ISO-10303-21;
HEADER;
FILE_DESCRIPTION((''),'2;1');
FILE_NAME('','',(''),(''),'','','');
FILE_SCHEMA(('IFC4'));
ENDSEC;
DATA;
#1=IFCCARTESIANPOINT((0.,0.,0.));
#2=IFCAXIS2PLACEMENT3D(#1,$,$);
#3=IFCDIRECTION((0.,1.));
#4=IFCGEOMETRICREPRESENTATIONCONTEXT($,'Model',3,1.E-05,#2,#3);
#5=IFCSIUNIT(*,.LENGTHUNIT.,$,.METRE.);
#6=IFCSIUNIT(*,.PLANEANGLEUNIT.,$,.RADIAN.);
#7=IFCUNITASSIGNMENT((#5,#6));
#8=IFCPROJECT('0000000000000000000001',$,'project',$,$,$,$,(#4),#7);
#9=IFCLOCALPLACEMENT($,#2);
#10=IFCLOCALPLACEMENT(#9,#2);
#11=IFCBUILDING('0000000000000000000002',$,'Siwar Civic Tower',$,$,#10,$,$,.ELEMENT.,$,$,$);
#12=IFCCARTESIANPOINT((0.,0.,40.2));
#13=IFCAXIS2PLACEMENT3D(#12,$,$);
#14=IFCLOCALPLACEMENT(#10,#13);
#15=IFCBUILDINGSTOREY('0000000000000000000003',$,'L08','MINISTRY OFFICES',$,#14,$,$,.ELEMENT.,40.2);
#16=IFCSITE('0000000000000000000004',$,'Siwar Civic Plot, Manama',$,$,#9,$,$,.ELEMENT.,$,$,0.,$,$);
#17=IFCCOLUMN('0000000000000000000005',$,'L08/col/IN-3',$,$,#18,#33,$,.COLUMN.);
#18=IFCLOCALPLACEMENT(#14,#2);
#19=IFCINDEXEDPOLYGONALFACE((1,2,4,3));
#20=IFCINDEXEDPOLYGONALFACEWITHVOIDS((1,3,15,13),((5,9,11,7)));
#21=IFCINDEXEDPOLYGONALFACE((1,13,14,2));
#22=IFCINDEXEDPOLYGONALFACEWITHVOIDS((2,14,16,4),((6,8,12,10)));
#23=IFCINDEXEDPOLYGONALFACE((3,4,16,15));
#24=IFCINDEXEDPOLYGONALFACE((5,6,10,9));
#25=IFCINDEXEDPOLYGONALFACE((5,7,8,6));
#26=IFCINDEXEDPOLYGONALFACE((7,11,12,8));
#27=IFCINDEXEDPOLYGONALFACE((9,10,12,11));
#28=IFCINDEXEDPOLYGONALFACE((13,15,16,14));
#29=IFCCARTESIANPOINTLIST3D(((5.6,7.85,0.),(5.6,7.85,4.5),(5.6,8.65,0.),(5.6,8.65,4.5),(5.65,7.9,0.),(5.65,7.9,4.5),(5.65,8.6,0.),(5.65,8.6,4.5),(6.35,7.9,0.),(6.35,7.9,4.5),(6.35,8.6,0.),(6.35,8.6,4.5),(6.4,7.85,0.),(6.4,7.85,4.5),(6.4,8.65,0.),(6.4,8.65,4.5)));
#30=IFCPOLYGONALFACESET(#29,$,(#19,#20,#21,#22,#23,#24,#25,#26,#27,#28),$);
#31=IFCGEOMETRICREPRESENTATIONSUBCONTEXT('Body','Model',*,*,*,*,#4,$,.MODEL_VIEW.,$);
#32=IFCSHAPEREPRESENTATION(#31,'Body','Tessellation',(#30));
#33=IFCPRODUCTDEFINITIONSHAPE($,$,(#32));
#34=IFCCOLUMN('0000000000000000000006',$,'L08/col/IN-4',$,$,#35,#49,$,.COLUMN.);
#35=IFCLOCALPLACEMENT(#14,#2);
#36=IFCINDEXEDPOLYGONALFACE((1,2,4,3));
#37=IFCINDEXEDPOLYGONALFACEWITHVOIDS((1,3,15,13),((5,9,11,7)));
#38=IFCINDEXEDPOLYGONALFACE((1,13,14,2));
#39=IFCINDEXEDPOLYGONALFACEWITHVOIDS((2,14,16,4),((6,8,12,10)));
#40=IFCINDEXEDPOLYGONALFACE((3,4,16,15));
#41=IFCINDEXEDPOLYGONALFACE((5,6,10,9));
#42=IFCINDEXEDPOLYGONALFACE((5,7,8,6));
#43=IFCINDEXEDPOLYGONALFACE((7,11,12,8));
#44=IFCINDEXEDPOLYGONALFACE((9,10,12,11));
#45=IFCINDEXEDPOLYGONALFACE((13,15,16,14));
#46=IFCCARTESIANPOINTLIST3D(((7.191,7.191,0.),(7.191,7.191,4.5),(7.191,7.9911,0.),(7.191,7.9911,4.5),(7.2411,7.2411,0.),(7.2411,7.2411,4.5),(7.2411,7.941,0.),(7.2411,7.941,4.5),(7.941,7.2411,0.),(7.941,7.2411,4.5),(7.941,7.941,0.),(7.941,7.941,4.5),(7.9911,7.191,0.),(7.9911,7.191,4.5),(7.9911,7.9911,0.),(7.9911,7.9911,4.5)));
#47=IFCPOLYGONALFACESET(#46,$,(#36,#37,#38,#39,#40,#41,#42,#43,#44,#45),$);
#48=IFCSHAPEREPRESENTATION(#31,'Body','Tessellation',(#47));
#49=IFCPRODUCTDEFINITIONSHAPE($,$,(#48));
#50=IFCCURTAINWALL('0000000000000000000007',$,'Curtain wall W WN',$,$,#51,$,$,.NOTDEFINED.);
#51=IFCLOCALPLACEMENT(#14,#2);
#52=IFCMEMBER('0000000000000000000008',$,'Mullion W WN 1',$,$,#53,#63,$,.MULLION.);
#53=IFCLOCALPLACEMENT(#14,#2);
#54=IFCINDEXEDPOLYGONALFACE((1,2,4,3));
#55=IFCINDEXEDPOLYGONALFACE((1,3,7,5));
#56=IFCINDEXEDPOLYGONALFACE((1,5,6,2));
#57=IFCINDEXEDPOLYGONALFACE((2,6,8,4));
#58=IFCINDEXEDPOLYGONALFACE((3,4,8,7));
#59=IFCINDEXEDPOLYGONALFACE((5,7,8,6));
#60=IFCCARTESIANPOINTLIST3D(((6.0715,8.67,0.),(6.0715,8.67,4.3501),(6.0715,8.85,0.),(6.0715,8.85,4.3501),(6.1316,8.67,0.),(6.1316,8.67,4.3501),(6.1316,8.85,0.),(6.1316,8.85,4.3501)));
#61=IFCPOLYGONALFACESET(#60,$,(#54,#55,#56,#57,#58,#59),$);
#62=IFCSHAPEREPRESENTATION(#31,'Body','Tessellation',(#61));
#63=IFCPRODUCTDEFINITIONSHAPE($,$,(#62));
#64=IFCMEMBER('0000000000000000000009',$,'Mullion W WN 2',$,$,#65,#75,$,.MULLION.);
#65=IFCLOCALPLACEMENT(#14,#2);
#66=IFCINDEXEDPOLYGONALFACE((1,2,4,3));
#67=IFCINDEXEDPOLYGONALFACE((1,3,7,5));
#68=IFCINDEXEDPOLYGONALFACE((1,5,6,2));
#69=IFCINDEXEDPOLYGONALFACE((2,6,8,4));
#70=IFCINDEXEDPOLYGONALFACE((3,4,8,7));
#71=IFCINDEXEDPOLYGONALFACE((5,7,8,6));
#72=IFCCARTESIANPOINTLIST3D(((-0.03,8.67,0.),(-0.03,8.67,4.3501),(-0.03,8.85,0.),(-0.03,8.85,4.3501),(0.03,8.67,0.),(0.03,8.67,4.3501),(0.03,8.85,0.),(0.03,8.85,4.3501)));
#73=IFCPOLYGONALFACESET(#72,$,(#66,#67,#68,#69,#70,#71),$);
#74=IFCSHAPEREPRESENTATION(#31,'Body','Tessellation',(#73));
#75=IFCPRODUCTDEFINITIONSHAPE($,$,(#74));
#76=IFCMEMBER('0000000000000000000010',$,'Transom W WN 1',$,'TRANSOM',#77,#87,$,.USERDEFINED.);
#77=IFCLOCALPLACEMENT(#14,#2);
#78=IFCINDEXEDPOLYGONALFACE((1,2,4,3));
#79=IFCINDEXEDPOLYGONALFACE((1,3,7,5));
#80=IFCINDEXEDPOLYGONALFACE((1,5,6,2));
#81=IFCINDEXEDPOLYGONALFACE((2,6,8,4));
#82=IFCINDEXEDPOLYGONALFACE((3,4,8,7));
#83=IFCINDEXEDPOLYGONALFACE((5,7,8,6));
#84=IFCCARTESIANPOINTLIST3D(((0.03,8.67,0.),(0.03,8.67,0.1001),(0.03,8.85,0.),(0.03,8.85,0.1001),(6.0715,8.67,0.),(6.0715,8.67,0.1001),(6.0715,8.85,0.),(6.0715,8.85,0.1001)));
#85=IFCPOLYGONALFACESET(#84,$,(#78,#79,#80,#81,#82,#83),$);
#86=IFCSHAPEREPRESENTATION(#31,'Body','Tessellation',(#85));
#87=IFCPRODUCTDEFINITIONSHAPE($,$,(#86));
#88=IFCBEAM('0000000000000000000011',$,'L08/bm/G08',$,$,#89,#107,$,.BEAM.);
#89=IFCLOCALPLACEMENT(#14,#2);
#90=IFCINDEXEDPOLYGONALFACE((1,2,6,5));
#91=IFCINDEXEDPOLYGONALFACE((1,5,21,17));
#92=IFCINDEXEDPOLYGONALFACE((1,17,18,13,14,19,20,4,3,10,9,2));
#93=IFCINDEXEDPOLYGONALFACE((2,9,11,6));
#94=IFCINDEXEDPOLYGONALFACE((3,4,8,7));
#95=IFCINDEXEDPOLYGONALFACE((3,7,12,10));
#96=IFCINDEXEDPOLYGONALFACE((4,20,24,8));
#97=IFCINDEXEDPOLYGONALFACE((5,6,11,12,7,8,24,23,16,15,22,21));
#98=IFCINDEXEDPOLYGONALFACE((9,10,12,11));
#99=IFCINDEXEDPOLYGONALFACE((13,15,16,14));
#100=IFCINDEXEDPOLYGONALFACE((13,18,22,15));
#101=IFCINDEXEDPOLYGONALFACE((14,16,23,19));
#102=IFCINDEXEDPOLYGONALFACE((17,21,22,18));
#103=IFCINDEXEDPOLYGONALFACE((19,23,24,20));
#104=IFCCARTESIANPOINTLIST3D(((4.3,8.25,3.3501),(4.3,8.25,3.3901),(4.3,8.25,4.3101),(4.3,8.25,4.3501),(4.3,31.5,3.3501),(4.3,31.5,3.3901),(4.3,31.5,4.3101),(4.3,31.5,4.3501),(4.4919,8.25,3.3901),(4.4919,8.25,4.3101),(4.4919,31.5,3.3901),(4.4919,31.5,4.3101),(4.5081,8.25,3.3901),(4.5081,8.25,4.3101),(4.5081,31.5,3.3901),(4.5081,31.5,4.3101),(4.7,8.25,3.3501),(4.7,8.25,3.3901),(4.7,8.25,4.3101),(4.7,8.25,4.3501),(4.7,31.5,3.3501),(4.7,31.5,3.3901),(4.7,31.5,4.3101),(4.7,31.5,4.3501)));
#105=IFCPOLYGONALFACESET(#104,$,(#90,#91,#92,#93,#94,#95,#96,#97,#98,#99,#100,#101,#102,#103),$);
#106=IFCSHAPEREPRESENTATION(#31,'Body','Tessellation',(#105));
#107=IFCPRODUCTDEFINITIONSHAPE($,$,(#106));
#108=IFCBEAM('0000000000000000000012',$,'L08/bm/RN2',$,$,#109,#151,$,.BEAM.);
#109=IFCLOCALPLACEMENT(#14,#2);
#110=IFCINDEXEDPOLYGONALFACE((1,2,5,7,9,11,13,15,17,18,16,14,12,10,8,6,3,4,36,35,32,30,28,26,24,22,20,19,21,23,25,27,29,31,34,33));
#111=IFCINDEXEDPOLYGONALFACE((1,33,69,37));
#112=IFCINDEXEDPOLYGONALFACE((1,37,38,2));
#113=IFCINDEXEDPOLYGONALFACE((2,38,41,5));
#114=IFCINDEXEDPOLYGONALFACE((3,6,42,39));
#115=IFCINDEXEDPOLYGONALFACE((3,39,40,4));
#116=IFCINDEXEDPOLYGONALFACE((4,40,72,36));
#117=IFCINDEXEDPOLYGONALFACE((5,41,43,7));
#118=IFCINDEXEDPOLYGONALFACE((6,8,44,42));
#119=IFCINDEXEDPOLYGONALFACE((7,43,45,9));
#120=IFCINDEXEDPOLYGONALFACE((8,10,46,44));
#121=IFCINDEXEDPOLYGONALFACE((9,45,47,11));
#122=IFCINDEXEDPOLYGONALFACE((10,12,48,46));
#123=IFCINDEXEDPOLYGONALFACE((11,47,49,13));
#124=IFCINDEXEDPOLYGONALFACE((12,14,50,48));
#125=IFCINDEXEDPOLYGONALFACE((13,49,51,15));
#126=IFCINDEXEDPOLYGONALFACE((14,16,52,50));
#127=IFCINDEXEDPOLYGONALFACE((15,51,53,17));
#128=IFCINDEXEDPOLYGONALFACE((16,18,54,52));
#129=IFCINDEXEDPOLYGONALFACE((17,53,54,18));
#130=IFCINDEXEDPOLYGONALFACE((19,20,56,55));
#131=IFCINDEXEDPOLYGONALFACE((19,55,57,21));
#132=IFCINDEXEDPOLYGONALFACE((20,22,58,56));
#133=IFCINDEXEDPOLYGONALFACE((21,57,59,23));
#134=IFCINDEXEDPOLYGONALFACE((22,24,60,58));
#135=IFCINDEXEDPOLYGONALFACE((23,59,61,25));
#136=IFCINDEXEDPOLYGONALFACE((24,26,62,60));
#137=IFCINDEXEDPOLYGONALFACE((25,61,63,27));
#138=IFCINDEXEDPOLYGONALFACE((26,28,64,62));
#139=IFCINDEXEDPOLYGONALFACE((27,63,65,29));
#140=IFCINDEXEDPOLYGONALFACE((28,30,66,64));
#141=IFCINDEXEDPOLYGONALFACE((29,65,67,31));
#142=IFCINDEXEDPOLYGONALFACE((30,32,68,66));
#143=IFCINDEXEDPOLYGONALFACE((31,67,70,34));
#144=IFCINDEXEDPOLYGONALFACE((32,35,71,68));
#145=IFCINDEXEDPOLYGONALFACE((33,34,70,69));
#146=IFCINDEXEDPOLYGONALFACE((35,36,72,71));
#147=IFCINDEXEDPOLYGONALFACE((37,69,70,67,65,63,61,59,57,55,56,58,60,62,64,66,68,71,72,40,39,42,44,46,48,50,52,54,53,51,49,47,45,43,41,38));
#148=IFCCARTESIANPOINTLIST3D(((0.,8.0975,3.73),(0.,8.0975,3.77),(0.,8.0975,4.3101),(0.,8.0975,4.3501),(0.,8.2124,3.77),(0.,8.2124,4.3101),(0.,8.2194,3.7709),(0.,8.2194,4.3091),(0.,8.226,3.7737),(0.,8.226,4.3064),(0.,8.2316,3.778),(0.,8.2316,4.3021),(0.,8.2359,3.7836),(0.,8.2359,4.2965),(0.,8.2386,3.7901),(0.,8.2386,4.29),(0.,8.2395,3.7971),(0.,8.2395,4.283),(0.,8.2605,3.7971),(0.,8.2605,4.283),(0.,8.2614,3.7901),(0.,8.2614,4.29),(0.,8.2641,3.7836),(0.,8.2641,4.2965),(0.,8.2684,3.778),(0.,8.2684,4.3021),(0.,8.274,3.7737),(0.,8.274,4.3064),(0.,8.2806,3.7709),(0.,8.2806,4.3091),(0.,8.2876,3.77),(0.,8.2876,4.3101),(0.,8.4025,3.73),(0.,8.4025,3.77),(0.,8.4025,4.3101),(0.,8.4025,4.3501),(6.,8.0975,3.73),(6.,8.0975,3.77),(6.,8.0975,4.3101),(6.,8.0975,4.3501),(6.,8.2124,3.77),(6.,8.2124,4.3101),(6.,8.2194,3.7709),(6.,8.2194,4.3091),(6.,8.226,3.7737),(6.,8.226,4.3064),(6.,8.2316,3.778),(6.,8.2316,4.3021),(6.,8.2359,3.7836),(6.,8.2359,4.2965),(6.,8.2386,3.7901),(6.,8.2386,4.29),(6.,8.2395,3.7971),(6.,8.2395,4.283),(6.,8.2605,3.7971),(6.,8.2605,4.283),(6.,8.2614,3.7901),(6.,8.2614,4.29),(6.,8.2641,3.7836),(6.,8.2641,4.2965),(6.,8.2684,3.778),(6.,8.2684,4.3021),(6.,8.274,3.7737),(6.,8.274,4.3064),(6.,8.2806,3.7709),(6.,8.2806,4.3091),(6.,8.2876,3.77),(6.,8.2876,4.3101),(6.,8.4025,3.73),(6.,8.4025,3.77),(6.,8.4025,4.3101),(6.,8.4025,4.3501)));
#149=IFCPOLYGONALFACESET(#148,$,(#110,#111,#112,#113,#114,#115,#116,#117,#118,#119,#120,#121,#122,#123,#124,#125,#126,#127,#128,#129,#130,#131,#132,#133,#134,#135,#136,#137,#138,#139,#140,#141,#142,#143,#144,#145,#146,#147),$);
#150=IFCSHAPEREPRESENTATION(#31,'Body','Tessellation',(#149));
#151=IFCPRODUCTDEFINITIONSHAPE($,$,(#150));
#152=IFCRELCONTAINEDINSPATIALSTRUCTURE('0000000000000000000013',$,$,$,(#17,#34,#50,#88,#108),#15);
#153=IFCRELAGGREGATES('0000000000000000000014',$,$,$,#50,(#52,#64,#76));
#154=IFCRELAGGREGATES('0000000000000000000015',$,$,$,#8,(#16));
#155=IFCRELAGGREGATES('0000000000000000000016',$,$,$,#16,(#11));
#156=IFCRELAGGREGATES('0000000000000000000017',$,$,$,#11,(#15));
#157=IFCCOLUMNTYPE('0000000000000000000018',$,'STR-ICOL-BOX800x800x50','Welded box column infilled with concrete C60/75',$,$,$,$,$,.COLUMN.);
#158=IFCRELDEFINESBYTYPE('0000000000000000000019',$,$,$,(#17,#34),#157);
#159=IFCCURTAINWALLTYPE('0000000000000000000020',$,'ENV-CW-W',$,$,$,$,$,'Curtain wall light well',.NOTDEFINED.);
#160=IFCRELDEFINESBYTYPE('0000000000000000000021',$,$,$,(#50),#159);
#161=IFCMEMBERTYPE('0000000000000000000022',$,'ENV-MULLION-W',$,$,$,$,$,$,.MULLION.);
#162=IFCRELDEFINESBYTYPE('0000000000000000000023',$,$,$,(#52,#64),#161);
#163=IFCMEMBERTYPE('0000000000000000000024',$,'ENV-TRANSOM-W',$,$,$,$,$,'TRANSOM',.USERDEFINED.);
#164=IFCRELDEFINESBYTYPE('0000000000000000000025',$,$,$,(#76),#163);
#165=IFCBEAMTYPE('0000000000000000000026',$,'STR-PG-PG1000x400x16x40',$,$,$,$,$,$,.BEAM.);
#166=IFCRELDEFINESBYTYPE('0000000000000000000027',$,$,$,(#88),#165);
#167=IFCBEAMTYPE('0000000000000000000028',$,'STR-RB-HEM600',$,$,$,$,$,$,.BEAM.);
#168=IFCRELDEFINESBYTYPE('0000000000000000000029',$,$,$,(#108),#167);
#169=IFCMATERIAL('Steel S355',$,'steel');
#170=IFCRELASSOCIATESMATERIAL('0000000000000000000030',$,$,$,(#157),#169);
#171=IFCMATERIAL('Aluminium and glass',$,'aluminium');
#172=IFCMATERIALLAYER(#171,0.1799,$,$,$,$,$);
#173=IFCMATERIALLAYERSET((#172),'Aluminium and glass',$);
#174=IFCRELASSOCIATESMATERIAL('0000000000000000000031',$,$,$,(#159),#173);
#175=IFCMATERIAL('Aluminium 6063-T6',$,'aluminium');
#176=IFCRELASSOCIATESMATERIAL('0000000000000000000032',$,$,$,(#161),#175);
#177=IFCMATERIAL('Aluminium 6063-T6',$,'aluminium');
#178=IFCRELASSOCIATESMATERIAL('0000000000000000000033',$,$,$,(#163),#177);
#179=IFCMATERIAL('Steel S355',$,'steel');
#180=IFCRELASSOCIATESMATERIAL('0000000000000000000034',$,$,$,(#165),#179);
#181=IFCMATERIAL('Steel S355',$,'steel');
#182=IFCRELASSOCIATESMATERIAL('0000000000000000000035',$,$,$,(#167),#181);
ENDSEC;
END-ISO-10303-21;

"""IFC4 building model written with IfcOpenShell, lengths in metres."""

from ifc_helpers import new_model, si_unit, direction, frame, origin, origin_2d, place, context, subcontext, project, spatial, rectangle, hollow_rectangle, i_section, extrude, material, layer, layer_set, material_profile, profile_set, type_object, element, aggregate, save


model = new_model("IFC4")

# Units and contexts
model_context = context("Model", 3, precision=1e-05, world=origin(), true_north=direction((0.0, 1.0)))
body_context = subcontext(model_context, "Body", "Model", "MODEL_VIEW")
ifc_project = project(units=[si_unit("LENGTHUNIT", "METRE"), si_unit("PLANEANGLEUNIT", "RADIAN")], contexts=[model_context])

# Site, building, storey
site_placement = place(None, origin())
site = spatial("IfcSite", under=ifc_project, at=site_placement, Name="Siwar Civic Plot, Manama", CompositionType="ELEMENT", RefElevation=0.0)
building_placement = place(site_placement, origin())
building = spatial("IfcBuilding", under=site, at=building_placement, Name="Siwar Civic Tower", CompositionType="ELEMENT")
storey_placement = place(building_placement, frame((0.0, 0.0, 40.2)))
storey = spatial("IfcBuildingStorey", under=building, at=storey_placement, Name="L08", Description="MINISTRY OFFICES", CompositionType="ELEMENT", Elevation=40.2)

# Columns
ifc_material_1 = material(Name="Steel S355", Category="steel")
ifc_material_profile_1 = material_profile(ifc_material_1, hollow_rectangle(XDim=0.8, YDim=0.8, WallThickness=0.05, at=origin_2d()), Name="BOX800x800x50")
ifc_profile_set_1 = profile_set([ifc_material_profile_1], Name="Steel S355")
column_type = type_object("IfcColumnType", Name="STR-ICOL-BOX800x800x50", Description="Welded box column infilled with concrete C60/75", PredefinedType="COLUMN", material=ifc_profile_set_1)
for number, where, z_axis, x_axis, name in (
    (1, (6.0, 8.25, 0.0), (0.0, 0.0, 1.0), (1.0, 0.0, 0.0), "L08/col/IN-3"),
    (2, (7.5911, 7.5911, 0.0), (0.0, 0.0, 1.0), (1.0, 0.0, 0.0), "L08/col/IN-4"),
):
    element("IfcColumn", number, at=place(storey_placement, frame(where, z_axis=z_axis, x_axis=x_axis)), inside=storey, type_object=column_type, Name=name, PredefinedType="COLUMN", context=body_context, shape_type="SweptSolid", body=[
        extrude(hollow_rectangle(XDim=0.8, YDim=0.8, WallThickness=0.05, at=origin_2d()), origin(), (0.0, 0.0, 1.0), 4.5),
    ])

# Curtain wall, members
ifc_material_2 = material(Name="Aluminium and glass", Category="aluminium")
ifc_layer_1 = layer(ifc_material_2, 0.1799)
ifc_layer_set_1 = layer_set([ifc_layer_1], Name="Aluminium and glass")
curtain_wall_type = type_object("IfcCurtainWallType", Name="ENV-CW-W", ElementType="Curtain wall light well", PredefinedType="NOTDEFINED", material=ifc_layer_set_1)
curtain_wall_placement = place(storey_placement, origin())
curtain_wall = element("IfcCurtainWall", 3, at=curtain_wall_placement, inside=storey, type_object=curtain_wall_type, Name="Curtain wall W WN", PredefinedType="NOTDEFINED")
ifc_material_3 = material(Name="Aluminium 6063-T6", Category="aluminium")
ifc_material_profile_2 = material_profile(ifc_material_3, rectangle(XDim=0.1799, YDim=0.0601, at=origin_2d()), Name="AL 180x60")
ifc_profile_set_2 = profile_set([ifc_material_profile_2], Name="Aluminium 6063-T6")
member_type_1 = type_object("IfcMemberType", Name="ENV-MULLION-W", PredefinedType="MULLION", material=ifc_profile_set_2)
member_1_placement = place(storey_placement, frame((6.1016, 8.76, 0.0), z_axis=(0.0, 0.0, 1.0), x_axis=(0.0, -1.0, 0.0)))
member_1 = element("IfcMember", 4, at=member_1_placement, type_object=member_type_1, Name="Mullion W WN 1", PredefinedType="MULLION", context=body_context, shape_type="SweptSolid", body=[
    extrude(rectangle(XDim=0.1799, YDim=0.0601, at=origin_2d()), origin(), (0.0, 0.0, 1.0), 4.3501),
])
member_2_placement = place(storey_placement, frame((0.0, 8.76, 0.0), z_axis=(0.0, 0.0, 1.0), x_axis=(0.0, -1.0, 0.0)))
member_2 = element("IfcMember", 5, at=member_2_placement, type_object=member_type_1, Name="Mullion W WN 2", PredefinedType="MULLION", context=body_context, shape_type="SweptSolid", body=[
    extrude(rectangle(XDim=0.1799, YDim=0.0601, at=origin_2d()), origin(), (0.0, 0.0, 1.0), 4.3501),
])
ifc_material_4 = material(Name="Aluminium 6063-T6", Category="aluminium")
ifc_material_profile_3 = material_profile(ifc_material_4, rectangle(XDim=0.1799, YDim=0.1001, at=origin_2d()), Name="AL 180x100")
ifc_profile_set_3 = profile_set([ifc_material_profile_3], Name="Aluminium 6063-T6")
member_type_2 = type_object("IfcMemberType", Name="ENV-TRANSOM-W", ElementType="TRANSOM", PredefinedType="USERDEFINED", material=ifc_profile_set_3)
member_3_placement = place(storey_placement, frame((6.0715, 8.76, 0.05), z_axis=(-1.0, 0.0, 0.0), x_axis=(0.0, -1.0, 0.0)))
member_3 = element("IfcMember", 6, at=member_3_placement, type_object=member_type_2, Name="Transom W WN 1", ObjectType="TRANSOM", PredefinedType="USERDEFINED", context=body_context, shape_type="SweptSolid", body=[
    extrude(rectangle(XDim=0.1799, YDim=0.1001, at=origin_2d()), origin(), (0.0, 0.0, 1.0), 6.0415),
])

# Beams
ifc_material_5 = material(Name="Steel S355", Category="steel")
ifc_material_profile_4 = material_profile(ifc_material_5, i_section(OverallWidth=0.3999, OverallDepth=1.0, WebThickness=0.0161, FlangeThickness=0.04, at=origin_2d()), Name="PG1000x400x16x40")
ifc_profile_set_4 = profile_set([ifc_material_profile_4], Name="Steel S355")
beam_type_1 = type_object("IfcBeamType", Name="STR-PG-PG1000x400x16x40", PredefinedType="BEAM", material=ifc_profile_set_4)
beam_1_placement = place(storey_placement, frame((4.5, 8.25, 3.8501), z_axis=(0.0, 1.0, 0.0), x_axis=(-1.0, 0.0, 0.0)))
element("IfcBeam", 7, at=beam_1_placement, inside=storey, type_object=beam_type_1, Name="L08/bm/G08", PredefinedType="BEAM", context=body_context, shape_type="SweptSolid", body=[
    extrude(i_section(OverallWidth=0.3999, OverallDepth=1.0, WebThickness=0.0161, FlangeThickness=0.04, at=origin_2d()), origin(), (0.0, 0.0, 1.0), 23.25),
])
ifc_material_6 = material(Name="Steel S355", Category="steel")
ifc_material_profile_5 = material_profile(ifc_material_6, i_section(OverallWidth=0.3049, OverallDepth=0.6201, WebThickness=0.021, FlangeThickness=0.04, FilletRadius=0.0271, at=origin_2d()), Name="HEM600")
ifc_profile_set_5 = profile_set([ifc_material_profile_5], Name="Steel S355")
beam_type_2 = type_object("IfcBeamType", Name="STR-RB-HEM600", PredefinedType="BEAM", material=ifc_profile_set_5)
beam_2_placement = place(storey_placement, frame((0.0, 8.25, 4.04), z_axis=(1.0, 0.0, 0.0), x_axis=(0.0, 1.0, 0.0)))
element("IfcBeam", 8, at=beam_2_placement, inside=storey, type_object=beam_type_2, Name="L08/bm/RN2", PredefinedType="BEAM", context=body_context, shape_type="SweptSolid", body=[
    extrude(i_section(OverallWidth=0.3049, OverallDepth=0.6201, WebThickness=0.021, FlangeThickness=0.04, FilletRadius=0.0271, at=origin_2d()), origin(), (0.0, 0.0, 1.0), 6.0),
])

aggregate(curtain_wall, [member_1, member_2, member_3])

save(model, "model.ifc")
